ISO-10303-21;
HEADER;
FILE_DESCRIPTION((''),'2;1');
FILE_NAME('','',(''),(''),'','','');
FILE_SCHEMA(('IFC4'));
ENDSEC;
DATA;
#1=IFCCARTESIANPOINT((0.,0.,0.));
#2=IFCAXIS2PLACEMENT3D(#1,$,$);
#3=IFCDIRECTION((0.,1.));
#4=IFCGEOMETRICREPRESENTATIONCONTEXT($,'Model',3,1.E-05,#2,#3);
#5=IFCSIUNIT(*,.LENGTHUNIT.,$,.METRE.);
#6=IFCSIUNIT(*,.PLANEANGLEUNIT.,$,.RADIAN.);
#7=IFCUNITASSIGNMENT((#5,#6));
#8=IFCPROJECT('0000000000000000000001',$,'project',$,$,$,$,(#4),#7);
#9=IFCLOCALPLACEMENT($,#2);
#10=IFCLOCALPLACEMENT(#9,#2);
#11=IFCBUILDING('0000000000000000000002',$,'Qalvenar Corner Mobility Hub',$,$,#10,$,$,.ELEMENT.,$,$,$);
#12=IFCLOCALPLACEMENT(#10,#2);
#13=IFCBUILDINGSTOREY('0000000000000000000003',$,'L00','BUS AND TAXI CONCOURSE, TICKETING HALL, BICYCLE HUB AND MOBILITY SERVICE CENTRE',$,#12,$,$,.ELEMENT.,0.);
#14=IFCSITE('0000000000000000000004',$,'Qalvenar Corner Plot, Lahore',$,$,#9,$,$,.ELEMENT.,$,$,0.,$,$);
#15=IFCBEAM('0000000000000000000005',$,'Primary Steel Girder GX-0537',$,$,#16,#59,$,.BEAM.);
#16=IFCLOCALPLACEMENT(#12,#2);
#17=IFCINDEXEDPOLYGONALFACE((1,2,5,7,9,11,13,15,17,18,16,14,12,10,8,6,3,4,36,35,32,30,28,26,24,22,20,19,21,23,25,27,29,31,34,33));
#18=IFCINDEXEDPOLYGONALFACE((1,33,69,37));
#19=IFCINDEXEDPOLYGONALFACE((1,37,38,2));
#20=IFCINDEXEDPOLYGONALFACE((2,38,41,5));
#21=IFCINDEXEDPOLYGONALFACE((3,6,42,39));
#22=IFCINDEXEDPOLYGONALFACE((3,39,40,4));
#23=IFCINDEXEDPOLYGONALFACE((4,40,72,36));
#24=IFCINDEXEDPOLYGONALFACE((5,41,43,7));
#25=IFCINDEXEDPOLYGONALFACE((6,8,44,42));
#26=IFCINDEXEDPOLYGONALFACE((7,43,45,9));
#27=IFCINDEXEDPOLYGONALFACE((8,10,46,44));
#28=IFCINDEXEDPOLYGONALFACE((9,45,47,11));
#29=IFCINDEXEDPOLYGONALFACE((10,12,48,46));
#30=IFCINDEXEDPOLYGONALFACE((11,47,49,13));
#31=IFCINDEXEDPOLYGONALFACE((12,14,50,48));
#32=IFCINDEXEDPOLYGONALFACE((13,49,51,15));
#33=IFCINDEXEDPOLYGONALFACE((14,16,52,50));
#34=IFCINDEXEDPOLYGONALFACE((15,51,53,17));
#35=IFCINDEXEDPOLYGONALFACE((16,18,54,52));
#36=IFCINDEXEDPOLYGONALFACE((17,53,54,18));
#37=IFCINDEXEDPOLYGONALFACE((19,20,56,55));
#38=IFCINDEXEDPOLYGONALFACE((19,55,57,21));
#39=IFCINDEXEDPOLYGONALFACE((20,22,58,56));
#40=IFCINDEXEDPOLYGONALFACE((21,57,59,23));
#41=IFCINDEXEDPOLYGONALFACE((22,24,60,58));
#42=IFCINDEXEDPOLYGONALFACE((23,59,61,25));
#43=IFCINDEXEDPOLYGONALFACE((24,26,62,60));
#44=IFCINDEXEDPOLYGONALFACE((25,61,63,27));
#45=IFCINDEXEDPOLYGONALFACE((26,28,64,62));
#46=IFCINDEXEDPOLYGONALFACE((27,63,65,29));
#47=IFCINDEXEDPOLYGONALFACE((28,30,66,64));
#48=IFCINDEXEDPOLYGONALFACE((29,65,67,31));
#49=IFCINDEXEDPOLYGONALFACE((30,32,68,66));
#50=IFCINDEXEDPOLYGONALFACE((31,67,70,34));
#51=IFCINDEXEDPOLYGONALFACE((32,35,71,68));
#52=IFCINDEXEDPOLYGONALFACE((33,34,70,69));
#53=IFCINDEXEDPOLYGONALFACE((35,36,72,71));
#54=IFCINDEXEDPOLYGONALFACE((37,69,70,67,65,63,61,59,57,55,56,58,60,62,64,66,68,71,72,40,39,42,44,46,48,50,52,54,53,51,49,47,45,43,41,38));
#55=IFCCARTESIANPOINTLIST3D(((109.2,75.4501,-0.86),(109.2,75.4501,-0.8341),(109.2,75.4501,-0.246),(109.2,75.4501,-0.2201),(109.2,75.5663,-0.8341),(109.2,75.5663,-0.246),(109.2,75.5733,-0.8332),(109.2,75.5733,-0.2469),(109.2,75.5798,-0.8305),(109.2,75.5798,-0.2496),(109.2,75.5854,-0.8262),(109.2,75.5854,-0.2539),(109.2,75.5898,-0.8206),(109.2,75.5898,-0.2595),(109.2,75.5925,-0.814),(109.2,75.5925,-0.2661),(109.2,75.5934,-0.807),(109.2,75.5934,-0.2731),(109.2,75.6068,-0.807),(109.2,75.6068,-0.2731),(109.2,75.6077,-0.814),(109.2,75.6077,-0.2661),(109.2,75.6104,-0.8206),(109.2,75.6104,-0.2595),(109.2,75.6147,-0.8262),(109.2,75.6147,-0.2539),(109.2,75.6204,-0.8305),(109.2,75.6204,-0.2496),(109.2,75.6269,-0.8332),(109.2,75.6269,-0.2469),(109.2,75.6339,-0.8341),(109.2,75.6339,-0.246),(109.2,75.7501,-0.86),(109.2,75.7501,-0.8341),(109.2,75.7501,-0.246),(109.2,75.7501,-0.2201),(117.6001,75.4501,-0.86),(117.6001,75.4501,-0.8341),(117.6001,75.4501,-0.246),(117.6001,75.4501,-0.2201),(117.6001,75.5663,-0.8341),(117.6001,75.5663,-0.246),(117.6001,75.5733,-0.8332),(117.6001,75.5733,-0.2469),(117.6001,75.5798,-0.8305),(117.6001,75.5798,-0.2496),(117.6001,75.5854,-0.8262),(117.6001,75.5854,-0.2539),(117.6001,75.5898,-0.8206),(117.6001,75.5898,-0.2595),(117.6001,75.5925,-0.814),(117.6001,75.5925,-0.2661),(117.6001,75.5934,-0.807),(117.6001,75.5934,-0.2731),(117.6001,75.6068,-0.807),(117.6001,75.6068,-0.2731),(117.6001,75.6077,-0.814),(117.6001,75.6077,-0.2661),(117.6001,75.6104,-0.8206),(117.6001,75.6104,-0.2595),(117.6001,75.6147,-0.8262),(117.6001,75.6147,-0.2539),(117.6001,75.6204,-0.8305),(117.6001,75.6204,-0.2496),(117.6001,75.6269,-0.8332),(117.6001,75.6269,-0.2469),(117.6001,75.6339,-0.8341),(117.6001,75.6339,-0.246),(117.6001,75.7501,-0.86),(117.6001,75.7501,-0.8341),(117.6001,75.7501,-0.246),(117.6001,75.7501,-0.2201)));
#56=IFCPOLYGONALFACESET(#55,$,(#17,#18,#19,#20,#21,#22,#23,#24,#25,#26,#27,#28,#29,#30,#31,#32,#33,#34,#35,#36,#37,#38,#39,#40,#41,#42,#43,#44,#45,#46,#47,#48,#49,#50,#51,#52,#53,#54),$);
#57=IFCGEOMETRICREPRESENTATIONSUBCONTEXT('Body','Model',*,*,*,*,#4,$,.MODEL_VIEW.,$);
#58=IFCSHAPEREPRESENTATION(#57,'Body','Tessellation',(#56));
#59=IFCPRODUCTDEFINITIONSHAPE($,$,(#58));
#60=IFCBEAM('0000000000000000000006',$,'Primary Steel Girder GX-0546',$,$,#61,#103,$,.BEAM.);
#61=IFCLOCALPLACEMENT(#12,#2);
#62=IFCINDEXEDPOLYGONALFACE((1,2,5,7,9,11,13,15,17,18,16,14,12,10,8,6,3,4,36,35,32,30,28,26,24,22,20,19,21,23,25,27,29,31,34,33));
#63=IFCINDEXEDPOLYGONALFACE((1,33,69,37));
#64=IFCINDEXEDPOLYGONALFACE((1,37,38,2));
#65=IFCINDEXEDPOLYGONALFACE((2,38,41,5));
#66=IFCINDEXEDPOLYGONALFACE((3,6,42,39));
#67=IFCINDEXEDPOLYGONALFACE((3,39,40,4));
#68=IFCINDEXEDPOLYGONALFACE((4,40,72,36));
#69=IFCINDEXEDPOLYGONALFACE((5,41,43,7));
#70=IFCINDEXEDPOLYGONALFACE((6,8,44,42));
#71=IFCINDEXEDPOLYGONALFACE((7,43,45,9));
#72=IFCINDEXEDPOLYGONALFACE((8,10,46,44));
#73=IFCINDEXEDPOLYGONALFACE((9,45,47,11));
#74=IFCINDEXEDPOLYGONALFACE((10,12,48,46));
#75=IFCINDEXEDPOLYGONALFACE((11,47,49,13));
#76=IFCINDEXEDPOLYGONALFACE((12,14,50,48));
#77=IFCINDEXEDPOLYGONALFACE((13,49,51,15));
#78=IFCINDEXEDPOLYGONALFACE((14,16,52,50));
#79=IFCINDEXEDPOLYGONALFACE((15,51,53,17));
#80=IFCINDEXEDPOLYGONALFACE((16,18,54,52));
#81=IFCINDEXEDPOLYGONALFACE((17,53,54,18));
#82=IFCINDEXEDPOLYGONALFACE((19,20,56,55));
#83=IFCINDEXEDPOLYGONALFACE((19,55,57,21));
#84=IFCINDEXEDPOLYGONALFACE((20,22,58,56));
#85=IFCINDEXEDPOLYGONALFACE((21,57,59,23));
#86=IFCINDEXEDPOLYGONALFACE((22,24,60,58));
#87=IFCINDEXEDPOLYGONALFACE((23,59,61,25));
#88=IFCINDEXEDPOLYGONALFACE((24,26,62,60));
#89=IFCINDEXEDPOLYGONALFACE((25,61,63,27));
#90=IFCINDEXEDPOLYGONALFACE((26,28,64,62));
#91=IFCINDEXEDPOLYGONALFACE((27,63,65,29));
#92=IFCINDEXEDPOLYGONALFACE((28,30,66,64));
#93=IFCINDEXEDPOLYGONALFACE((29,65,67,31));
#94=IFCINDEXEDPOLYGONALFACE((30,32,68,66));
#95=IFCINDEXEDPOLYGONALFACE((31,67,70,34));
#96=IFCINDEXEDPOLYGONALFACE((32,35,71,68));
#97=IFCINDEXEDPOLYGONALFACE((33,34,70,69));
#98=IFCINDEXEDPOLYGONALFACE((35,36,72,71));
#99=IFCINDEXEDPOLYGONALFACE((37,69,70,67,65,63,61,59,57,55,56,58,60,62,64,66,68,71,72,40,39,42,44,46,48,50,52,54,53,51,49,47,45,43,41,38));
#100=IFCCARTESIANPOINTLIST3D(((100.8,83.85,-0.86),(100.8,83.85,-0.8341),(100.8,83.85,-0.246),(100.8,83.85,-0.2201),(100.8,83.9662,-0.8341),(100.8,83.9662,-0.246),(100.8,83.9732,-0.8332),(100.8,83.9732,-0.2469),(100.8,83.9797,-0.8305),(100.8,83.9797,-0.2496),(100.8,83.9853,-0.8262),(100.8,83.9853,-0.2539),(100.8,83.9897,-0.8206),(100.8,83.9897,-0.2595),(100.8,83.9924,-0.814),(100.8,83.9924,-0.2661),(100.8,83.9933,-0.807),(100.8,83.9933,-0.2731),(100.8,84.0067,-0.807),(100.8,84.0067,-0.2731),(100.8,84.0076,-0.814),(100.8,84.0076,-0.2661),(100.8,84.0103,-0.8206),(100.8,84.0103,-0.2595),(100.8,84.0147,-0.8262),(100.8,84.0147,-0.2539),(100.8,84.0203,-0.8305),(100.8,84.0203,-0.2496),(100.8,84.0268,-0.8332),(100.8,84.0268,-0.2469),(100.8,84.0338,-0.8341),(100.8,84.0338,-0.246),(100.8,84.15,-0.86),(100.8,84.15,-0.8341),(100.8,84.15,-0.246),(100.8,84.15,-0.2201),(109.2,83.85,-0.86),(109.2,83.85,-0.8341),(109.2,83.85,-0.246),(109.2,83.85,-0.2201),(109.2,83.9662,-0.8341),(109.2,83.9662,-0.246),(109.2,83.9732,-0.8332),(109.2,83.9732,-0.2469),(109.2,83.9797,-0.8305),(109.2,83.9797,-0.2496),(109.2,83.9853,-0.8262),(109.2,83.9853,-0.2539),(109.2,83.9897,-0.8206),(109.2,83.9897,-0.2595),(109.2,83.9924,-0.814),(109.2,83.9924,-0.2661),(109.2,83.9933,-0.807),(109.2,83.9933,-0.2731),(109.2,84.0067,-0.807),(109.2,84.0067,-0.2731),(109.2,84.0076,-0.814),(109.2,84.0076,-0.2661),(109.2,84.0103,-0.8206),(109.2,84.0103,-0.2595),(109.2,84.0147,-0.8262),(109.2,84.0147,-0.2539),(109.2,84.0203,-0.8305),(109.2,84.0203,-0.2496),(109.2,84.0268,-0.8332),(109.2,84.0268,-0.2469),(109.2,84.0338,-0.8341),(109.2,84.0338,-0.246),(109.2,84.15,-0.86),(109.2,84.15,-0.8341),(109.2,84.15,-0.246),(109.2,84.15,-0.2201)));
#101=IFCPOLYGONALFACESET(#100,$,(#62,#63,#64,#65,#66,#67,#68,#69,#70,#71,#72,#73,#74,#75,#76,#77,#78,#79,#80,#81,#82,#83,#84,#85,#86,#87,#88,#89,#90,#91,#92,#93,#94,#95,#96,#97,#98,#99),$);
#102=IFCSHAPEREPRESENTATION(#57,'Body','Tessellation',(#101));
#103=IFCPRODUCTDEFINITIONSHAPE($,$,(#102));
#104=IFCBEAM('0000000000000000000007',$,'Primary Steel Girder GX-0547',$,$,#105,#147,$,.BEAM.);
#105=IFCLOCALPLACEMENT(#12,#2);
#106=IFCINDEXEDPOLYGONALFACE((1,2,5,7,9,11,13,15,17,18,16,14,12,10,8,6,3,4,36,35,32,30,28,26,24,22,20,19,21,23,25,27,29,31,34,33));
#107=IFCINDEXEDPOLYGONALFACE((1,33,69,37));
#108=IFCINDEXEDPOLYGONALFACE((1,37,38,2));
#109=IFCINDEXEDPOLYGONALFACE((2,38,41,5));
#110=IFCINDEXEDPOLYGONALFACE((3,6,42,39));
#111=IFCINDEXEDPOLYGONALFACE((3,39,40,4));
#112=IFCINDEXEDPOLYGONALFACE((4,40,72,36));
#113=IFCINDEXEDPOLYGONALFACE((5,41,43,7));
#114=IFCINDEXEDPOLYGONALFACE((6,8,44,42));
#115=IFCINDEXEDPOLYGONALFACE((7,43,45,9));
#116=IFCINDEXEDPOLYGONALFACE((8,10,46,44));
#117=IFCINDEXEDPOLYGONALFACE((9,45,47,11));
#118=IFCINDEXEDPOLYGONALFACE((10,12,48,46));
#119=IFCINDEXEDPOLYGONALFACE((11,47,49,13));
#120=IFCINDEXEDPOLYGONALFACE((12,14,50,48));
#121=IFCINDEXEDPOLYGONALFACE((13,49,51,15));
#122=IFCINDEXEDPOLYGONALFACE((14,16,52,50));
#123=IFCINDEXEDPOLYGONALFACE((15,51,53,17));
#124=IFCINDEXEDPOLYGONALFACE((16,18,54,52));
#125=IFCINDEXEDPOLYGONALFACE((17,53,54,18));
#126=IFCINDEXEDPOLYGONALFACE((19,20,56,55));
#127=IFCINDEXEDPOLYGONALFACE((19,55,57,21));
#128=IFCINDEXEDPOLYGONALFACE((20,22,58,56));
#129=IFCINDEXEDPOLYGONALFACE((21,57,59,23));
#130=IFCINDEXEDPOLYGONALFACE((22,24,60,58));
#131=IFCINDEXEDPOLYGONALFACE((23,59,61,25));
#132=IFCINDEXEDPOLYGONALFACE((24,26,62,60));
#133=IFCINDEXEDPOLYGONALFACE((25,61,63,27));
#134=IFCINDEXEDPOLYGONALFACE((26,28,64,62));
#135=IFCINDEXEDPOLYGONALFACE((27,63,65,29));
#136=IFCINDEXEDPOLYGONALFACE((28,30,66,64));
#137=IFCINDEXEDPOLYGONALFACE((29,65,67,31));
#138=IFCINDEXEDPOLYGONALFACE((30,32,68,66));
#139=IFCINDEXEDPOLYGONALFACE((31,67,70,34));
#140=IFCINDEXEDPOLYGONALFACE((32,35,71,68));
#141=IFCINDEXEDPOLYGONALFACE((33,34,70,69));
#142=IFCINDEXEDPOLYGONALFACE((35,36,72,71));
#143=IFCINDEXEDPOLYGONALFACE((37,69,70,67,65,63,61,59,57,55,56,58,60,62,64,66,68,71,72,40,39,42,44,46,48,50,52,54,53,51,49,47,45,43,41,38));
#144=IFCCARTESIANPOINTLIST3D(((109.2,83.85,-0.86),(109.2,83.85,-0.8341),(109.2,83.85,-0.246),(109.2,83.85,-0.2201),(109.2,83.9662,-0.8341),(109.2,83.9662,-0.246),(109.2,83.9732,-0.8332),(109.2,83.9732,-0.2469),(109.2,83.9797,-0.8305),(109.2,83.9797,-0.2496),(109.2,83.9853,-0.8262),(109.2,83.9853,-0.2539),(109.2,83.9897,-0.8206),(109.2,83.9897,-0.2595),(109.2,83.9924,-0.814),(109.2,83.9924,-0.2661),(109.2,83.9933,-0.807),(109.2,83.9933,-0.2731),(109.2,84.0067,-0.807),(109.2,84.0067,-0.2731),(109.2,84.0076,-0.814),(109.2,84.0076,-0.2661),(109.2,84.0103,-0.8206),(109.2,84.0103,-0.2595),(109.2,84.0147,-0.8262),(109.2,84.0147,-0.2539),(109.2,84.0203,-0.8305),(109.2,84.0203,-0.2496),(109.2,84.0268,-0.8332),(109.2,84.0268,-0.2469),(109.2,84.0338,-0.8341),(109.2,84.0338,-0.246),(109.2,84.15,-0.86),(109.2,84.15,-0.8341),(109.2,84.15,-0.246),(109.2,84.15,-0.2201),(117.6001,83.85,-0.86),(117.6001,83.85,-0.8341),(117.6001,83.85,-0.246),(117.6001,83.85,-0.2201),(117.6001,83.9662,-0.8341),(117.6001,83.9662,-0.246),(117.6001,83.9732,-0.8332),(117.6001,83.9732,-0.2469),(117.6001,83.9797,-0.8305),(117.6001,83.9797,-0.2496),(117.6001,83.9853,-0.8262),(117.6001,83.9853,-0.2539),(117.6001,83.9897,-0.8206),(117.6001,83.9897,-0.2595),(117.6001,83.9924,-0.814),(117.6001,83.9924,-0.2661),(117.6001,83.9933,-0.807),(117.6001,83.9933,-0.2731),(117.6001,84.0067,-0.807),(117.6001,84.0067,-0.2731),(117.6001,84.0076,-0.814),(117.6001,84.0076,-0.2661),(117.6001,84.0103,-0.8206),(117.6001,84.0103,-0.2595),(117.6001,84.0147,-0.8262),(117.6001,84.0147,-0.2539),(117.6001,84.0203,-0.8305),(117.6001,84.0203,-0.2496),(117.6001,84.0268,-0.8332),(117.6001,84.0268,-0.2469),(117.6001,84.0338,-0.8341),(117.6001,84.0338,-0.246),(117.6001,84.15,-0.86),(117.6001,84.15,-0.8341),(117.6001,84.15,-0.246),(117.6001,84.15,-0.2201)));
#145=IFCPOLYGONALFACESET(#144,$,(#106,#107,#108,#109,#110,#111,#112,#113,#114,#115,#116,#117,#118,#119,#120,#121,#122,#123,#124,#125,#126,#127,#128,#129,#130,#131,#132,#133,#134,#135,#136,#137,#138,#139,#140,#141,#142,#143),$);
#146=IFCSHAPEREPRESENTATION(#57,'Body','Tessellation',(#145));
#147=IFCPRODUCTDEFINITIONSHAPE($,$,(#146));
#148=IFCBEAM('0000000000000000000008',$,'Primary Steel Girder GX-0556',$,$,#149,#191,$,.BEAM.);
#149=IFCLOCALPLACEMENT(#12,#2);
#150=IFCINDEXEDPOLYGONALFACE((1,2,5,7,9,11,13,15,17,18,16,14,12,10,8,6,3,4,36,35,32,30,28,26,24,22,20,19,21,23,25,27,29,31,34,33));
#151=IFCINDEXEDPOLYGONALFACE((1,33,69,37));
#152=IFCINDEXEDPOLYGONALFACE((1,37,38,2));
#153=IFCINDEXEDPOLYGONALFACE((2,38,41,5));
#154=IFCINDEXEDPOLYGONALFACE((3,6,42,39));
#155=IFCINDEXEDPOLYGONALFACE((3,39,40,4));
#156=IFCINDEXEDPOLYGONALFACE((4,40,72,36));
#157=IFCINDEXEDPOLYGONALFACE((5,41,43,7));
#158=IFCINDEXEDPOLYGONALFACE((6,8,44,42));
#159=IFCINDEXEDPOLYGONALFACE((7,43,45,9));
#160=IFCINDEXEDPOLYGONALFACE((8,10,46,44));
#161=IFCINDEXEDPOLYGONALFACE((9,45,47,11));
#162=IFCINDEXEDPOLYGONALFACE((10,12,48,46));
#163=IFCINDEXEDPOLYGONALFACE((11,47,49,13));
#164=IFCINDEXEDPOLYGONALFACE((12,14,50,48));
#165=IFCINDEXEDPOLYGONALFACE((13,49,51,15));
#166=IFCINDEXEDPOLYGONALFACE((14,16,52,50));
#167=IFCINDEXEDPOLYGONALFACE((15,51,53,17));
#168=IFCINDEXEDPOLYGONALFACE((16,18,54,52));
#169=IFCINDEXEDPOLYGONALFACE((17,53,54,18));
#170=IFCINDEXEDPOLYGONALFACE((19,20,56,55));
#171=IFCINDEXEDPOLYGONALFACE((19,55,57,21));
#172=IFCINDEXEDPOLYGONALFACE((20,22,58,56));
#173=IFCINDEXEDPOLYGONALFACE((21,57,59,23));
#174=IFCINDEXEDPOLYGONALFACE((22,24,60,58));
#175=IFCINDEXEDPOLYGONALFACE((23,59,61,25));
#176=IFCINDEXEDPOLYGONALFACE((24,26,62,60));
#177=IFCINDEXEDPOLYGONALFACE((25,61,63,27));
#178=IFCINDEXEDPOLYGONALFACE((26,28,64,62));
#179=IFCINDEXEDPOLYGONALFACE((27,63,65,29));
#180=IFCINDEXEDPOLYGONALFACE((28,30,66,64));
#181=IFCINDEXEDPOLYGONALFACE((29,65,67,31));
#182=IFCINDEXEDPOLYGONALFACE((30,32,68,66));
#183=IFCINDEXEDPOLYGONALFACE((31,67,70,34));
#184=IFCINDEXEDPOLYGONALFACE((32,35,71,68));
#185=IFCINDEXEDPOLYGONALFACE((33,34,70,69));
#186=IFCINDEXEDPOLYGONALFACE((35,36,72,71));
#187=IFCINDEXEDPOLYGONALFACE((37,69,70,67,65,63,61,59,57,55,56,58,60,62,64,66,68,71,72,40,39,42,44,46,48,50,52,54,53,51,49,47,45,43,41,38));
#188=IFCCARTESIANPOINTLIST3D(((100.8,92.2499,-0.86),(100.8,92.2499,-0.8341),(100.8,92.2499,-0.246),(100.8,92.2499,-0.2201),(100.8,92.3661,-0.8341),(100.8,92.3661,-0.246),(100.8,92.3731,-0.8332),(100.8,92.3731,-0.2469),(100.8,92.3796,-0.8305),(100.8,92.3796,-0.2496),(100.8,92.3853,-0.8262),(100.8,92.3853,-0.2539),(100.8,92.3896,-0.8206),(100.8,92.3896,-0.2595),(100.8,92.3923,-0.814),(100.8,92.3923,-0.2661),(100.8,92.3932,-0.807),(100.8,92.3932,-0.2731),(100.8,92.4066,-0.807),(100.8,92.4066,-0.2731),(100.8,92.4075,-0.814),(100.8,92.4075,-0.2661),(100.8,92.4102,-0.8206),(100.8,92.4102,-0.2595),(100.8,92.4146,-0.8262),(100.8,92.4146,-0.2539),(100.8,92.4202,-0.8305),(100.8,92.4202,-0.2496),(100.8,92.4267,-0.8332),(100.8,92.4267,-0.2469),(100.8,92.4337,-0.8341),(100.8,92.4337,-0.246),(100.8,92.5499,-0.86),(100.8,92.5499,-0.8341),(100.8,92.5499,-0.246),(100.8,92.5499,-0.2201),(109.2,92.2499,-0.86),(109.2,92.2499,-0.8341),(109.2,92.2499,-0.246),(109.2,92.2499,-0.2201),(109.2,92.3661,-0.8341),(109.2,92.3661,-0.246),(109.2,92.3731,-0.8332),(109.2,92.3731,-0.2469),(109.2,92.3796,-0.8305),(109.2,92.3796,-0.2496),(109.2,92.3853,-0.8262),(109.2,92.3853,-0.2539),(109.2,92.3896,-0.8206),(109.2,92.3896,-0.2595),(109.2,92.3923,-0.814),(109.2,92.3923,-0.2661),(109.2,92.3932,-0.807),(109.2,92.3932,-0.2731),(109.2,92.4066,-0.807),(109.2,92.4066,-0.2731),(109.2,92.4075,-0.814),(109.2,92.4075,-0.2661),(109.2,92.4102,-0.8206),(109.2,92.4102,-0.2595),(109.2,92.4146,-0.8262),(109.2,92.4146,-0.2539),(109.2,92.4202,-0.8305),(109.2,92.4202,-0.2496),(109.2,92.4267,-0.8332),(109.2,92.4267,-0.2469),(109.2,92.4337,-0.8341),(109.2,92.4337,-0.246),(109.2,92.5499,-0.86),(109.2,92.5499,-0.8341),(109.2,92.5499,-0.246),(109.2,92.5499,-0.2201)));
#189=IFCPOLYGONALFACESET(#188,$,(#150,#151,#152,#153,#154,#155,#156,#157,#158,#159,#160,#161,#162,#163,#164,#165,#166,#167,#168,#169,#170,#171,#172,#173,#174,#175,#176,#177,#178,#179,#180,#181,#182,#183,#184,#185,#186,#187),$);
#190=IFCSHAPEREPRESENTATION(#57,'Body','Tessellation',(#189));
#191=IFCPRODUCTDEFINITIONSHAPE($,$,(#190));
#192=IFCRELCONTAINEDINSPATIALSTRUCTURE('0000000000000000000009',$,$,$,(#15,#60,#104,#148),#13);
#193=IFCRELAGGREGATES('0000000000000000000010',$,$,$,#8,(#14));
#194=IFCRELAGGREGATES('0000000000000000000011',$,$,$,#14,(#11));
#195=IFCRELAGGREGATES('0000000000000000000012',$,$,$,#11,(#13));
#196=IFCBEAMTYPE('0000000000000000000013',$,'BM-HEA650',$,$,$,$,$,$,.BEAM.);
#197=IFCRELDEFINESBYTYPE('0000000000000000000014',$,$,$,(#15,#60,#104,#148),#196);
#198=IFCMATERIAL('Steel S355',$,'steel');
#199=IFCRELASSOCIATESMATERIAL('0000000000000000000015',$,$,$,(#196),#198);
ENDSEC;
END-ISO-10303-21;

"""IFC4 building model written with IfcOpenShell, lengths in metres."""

from ifc_helpers import new_model, si_unit, direction, frame, origin, origin_2d, place, context, subcontext, project, spatial, i_section, extrude, material, material_profile, profile_set, type_object, element, save


model = new_model("IFC4")

# Units and contexts
model_context = context("Model", 3, precision=1e-05, world=origin(), true_north=direction((0.0, 1.0)))
body_context = subcontext(model_context, "Body", "Model", "MODEL_VIEW")
ifc_project = project(units=[si_unit("LENGTHUNIT", "METRE"), si_unit("PLANEANGLEUNIT", "RADIAN")], contexts=[model_context])

# Site, building, storey
site_placement = place(None, origin())
site = spatial("IfcSite", under=ifc_project, at=site_placement, Name="Qalvenar Corner Plot, Lahore", CompositionType="ELEMENT", RefElevation=0.0)
building_placement = place(site_placement, origin())
building = spatial("IfcBuilding", under=site, at=building_placement, Name="Qalvenar Corner Mobility Hub", CompositionType="ELEMENT")
storey_placement = place(building_placement, origin())
storey = spatial("IfcBuildingStorey", under=building, at=storey_placement, Name="L00", Description="BUS AND TAXI CONCOURSE, TICKETING HALL, BICYCLE HUB AND MOBILITY SERVICE CENTRE", CompositionType="ELEMENT", Elevation=0.0)

# Shared definitions
ifc_material = material(Name="Steel S355", Category="steel")

# Beams
ifc_material_profile_1 = material_profile(ifc_material, i_section(OverallWidth=0.3, OverallDepth=0.6399, WebThickness=0.0134, FlangeThickness=0.0259, FilletRadius=0.0271, at=origin_2d()), Name="HEA650")
ifc_profile_set_1 = profile_set([ifc_material_profile_1], Name="Steel S355")
beam_type_1 = type_object("IfcBeamType", Name="BM-HEA650", PredefinedType="BEAM", material=ifc_profile_set_1)
beam_1_placement = place(storey_placement, frame((109.2, 75.6001, -0.54), z_axis=(1.0, 0.0, 0.0), x_axis=(0.0, 1.0, 0.0)))
element("IfcBeam", 1, at=beam_1_placement, inside=storey, type_object=beam_type_1, Name="Primary Steel Girder GX-0537", PredefinedType="BEAM", context=body_context, shape_type="SweptSolid", body=[
    extrude(i_section(OverallWidth=0.3, OverallDepth=0.6399, WebThickness=0.0134, FlangeThickness=0.0259, FilletRadius=0.0271, at=origin_2d()), origin(), (0.0, 0.0, 1.0), 8.4001),
])
beam_2_placement = place(storey_placement, frame((100.8, 84.0, -0.54), z_axis=(1.0, 0.0, 0.0), x_axis=(0.0, 1.0, 0.0)))
element("IfcBeam", 2, at=beam_2_placement, inside=storey, type_object=beam_type_1, Name="Primary Steel Girder GX-0546", PredefinedType="BEAM", context=body_context, shape_type="SweptSolid", body=[
    extrude(i_section(OverallWidth=0.3, OverallDepth=0.6399, WebThickness=0.0134, FlangeThickness=0.0259, FilletRadius=0.0271, at=origin_2d()), origin(), (0.0, 0.0, 1.0), 8.3999),
])
beam_3_placement = place(storey_placement, frame((109.2, 84.0, -0.54), z_axis=(1.0, 0.0, 0.0), x_axis=(0.0, 1.0, 0.0)))
element("IfcBeam", 3, at=beam_3_placement, inside=storey, type_object=beam_type_1, Name="Primary Steel Girder GX-0547", PredefinedType="BEAM", context=body_context, shape_type="SweptSolid", body=[
    extrude(i_section(OverallWidth=0.3, OverallDepth=0.6399, WebThickness=0.0134, FlangeThickness=0.0259, FilletRadius=0.0271, at=origin_2d()), origin(), (0.0, 0.0, 1.0), 8.4001),
])
beam_4_placement = place(storey_placement, frame((100.8, 92.3999, -0.54), z_axis=(1.0, 0.0, 0.0), x_axis=(0.0, 1.0, 0.0)))
element("IfcBeam", 4, at=beam_4_placement, inside=storey, type_object=beam_type_1, Name="Primary Steel Girder GX-0556", PredefinedType="BEAM", context=body_context, shape_type="SweptSolid", body=[
    extrude(i_section(OverallWidth=0.3, OverallDepth=0.6399, WebThickness=0.0134, FlangeThickness=0.0259, FilletRadius=0.0271, at=origin_2d()), origin(), (0.0, 0.0, 1.0), 8.3999),
])

save(model, "model.ifc")
